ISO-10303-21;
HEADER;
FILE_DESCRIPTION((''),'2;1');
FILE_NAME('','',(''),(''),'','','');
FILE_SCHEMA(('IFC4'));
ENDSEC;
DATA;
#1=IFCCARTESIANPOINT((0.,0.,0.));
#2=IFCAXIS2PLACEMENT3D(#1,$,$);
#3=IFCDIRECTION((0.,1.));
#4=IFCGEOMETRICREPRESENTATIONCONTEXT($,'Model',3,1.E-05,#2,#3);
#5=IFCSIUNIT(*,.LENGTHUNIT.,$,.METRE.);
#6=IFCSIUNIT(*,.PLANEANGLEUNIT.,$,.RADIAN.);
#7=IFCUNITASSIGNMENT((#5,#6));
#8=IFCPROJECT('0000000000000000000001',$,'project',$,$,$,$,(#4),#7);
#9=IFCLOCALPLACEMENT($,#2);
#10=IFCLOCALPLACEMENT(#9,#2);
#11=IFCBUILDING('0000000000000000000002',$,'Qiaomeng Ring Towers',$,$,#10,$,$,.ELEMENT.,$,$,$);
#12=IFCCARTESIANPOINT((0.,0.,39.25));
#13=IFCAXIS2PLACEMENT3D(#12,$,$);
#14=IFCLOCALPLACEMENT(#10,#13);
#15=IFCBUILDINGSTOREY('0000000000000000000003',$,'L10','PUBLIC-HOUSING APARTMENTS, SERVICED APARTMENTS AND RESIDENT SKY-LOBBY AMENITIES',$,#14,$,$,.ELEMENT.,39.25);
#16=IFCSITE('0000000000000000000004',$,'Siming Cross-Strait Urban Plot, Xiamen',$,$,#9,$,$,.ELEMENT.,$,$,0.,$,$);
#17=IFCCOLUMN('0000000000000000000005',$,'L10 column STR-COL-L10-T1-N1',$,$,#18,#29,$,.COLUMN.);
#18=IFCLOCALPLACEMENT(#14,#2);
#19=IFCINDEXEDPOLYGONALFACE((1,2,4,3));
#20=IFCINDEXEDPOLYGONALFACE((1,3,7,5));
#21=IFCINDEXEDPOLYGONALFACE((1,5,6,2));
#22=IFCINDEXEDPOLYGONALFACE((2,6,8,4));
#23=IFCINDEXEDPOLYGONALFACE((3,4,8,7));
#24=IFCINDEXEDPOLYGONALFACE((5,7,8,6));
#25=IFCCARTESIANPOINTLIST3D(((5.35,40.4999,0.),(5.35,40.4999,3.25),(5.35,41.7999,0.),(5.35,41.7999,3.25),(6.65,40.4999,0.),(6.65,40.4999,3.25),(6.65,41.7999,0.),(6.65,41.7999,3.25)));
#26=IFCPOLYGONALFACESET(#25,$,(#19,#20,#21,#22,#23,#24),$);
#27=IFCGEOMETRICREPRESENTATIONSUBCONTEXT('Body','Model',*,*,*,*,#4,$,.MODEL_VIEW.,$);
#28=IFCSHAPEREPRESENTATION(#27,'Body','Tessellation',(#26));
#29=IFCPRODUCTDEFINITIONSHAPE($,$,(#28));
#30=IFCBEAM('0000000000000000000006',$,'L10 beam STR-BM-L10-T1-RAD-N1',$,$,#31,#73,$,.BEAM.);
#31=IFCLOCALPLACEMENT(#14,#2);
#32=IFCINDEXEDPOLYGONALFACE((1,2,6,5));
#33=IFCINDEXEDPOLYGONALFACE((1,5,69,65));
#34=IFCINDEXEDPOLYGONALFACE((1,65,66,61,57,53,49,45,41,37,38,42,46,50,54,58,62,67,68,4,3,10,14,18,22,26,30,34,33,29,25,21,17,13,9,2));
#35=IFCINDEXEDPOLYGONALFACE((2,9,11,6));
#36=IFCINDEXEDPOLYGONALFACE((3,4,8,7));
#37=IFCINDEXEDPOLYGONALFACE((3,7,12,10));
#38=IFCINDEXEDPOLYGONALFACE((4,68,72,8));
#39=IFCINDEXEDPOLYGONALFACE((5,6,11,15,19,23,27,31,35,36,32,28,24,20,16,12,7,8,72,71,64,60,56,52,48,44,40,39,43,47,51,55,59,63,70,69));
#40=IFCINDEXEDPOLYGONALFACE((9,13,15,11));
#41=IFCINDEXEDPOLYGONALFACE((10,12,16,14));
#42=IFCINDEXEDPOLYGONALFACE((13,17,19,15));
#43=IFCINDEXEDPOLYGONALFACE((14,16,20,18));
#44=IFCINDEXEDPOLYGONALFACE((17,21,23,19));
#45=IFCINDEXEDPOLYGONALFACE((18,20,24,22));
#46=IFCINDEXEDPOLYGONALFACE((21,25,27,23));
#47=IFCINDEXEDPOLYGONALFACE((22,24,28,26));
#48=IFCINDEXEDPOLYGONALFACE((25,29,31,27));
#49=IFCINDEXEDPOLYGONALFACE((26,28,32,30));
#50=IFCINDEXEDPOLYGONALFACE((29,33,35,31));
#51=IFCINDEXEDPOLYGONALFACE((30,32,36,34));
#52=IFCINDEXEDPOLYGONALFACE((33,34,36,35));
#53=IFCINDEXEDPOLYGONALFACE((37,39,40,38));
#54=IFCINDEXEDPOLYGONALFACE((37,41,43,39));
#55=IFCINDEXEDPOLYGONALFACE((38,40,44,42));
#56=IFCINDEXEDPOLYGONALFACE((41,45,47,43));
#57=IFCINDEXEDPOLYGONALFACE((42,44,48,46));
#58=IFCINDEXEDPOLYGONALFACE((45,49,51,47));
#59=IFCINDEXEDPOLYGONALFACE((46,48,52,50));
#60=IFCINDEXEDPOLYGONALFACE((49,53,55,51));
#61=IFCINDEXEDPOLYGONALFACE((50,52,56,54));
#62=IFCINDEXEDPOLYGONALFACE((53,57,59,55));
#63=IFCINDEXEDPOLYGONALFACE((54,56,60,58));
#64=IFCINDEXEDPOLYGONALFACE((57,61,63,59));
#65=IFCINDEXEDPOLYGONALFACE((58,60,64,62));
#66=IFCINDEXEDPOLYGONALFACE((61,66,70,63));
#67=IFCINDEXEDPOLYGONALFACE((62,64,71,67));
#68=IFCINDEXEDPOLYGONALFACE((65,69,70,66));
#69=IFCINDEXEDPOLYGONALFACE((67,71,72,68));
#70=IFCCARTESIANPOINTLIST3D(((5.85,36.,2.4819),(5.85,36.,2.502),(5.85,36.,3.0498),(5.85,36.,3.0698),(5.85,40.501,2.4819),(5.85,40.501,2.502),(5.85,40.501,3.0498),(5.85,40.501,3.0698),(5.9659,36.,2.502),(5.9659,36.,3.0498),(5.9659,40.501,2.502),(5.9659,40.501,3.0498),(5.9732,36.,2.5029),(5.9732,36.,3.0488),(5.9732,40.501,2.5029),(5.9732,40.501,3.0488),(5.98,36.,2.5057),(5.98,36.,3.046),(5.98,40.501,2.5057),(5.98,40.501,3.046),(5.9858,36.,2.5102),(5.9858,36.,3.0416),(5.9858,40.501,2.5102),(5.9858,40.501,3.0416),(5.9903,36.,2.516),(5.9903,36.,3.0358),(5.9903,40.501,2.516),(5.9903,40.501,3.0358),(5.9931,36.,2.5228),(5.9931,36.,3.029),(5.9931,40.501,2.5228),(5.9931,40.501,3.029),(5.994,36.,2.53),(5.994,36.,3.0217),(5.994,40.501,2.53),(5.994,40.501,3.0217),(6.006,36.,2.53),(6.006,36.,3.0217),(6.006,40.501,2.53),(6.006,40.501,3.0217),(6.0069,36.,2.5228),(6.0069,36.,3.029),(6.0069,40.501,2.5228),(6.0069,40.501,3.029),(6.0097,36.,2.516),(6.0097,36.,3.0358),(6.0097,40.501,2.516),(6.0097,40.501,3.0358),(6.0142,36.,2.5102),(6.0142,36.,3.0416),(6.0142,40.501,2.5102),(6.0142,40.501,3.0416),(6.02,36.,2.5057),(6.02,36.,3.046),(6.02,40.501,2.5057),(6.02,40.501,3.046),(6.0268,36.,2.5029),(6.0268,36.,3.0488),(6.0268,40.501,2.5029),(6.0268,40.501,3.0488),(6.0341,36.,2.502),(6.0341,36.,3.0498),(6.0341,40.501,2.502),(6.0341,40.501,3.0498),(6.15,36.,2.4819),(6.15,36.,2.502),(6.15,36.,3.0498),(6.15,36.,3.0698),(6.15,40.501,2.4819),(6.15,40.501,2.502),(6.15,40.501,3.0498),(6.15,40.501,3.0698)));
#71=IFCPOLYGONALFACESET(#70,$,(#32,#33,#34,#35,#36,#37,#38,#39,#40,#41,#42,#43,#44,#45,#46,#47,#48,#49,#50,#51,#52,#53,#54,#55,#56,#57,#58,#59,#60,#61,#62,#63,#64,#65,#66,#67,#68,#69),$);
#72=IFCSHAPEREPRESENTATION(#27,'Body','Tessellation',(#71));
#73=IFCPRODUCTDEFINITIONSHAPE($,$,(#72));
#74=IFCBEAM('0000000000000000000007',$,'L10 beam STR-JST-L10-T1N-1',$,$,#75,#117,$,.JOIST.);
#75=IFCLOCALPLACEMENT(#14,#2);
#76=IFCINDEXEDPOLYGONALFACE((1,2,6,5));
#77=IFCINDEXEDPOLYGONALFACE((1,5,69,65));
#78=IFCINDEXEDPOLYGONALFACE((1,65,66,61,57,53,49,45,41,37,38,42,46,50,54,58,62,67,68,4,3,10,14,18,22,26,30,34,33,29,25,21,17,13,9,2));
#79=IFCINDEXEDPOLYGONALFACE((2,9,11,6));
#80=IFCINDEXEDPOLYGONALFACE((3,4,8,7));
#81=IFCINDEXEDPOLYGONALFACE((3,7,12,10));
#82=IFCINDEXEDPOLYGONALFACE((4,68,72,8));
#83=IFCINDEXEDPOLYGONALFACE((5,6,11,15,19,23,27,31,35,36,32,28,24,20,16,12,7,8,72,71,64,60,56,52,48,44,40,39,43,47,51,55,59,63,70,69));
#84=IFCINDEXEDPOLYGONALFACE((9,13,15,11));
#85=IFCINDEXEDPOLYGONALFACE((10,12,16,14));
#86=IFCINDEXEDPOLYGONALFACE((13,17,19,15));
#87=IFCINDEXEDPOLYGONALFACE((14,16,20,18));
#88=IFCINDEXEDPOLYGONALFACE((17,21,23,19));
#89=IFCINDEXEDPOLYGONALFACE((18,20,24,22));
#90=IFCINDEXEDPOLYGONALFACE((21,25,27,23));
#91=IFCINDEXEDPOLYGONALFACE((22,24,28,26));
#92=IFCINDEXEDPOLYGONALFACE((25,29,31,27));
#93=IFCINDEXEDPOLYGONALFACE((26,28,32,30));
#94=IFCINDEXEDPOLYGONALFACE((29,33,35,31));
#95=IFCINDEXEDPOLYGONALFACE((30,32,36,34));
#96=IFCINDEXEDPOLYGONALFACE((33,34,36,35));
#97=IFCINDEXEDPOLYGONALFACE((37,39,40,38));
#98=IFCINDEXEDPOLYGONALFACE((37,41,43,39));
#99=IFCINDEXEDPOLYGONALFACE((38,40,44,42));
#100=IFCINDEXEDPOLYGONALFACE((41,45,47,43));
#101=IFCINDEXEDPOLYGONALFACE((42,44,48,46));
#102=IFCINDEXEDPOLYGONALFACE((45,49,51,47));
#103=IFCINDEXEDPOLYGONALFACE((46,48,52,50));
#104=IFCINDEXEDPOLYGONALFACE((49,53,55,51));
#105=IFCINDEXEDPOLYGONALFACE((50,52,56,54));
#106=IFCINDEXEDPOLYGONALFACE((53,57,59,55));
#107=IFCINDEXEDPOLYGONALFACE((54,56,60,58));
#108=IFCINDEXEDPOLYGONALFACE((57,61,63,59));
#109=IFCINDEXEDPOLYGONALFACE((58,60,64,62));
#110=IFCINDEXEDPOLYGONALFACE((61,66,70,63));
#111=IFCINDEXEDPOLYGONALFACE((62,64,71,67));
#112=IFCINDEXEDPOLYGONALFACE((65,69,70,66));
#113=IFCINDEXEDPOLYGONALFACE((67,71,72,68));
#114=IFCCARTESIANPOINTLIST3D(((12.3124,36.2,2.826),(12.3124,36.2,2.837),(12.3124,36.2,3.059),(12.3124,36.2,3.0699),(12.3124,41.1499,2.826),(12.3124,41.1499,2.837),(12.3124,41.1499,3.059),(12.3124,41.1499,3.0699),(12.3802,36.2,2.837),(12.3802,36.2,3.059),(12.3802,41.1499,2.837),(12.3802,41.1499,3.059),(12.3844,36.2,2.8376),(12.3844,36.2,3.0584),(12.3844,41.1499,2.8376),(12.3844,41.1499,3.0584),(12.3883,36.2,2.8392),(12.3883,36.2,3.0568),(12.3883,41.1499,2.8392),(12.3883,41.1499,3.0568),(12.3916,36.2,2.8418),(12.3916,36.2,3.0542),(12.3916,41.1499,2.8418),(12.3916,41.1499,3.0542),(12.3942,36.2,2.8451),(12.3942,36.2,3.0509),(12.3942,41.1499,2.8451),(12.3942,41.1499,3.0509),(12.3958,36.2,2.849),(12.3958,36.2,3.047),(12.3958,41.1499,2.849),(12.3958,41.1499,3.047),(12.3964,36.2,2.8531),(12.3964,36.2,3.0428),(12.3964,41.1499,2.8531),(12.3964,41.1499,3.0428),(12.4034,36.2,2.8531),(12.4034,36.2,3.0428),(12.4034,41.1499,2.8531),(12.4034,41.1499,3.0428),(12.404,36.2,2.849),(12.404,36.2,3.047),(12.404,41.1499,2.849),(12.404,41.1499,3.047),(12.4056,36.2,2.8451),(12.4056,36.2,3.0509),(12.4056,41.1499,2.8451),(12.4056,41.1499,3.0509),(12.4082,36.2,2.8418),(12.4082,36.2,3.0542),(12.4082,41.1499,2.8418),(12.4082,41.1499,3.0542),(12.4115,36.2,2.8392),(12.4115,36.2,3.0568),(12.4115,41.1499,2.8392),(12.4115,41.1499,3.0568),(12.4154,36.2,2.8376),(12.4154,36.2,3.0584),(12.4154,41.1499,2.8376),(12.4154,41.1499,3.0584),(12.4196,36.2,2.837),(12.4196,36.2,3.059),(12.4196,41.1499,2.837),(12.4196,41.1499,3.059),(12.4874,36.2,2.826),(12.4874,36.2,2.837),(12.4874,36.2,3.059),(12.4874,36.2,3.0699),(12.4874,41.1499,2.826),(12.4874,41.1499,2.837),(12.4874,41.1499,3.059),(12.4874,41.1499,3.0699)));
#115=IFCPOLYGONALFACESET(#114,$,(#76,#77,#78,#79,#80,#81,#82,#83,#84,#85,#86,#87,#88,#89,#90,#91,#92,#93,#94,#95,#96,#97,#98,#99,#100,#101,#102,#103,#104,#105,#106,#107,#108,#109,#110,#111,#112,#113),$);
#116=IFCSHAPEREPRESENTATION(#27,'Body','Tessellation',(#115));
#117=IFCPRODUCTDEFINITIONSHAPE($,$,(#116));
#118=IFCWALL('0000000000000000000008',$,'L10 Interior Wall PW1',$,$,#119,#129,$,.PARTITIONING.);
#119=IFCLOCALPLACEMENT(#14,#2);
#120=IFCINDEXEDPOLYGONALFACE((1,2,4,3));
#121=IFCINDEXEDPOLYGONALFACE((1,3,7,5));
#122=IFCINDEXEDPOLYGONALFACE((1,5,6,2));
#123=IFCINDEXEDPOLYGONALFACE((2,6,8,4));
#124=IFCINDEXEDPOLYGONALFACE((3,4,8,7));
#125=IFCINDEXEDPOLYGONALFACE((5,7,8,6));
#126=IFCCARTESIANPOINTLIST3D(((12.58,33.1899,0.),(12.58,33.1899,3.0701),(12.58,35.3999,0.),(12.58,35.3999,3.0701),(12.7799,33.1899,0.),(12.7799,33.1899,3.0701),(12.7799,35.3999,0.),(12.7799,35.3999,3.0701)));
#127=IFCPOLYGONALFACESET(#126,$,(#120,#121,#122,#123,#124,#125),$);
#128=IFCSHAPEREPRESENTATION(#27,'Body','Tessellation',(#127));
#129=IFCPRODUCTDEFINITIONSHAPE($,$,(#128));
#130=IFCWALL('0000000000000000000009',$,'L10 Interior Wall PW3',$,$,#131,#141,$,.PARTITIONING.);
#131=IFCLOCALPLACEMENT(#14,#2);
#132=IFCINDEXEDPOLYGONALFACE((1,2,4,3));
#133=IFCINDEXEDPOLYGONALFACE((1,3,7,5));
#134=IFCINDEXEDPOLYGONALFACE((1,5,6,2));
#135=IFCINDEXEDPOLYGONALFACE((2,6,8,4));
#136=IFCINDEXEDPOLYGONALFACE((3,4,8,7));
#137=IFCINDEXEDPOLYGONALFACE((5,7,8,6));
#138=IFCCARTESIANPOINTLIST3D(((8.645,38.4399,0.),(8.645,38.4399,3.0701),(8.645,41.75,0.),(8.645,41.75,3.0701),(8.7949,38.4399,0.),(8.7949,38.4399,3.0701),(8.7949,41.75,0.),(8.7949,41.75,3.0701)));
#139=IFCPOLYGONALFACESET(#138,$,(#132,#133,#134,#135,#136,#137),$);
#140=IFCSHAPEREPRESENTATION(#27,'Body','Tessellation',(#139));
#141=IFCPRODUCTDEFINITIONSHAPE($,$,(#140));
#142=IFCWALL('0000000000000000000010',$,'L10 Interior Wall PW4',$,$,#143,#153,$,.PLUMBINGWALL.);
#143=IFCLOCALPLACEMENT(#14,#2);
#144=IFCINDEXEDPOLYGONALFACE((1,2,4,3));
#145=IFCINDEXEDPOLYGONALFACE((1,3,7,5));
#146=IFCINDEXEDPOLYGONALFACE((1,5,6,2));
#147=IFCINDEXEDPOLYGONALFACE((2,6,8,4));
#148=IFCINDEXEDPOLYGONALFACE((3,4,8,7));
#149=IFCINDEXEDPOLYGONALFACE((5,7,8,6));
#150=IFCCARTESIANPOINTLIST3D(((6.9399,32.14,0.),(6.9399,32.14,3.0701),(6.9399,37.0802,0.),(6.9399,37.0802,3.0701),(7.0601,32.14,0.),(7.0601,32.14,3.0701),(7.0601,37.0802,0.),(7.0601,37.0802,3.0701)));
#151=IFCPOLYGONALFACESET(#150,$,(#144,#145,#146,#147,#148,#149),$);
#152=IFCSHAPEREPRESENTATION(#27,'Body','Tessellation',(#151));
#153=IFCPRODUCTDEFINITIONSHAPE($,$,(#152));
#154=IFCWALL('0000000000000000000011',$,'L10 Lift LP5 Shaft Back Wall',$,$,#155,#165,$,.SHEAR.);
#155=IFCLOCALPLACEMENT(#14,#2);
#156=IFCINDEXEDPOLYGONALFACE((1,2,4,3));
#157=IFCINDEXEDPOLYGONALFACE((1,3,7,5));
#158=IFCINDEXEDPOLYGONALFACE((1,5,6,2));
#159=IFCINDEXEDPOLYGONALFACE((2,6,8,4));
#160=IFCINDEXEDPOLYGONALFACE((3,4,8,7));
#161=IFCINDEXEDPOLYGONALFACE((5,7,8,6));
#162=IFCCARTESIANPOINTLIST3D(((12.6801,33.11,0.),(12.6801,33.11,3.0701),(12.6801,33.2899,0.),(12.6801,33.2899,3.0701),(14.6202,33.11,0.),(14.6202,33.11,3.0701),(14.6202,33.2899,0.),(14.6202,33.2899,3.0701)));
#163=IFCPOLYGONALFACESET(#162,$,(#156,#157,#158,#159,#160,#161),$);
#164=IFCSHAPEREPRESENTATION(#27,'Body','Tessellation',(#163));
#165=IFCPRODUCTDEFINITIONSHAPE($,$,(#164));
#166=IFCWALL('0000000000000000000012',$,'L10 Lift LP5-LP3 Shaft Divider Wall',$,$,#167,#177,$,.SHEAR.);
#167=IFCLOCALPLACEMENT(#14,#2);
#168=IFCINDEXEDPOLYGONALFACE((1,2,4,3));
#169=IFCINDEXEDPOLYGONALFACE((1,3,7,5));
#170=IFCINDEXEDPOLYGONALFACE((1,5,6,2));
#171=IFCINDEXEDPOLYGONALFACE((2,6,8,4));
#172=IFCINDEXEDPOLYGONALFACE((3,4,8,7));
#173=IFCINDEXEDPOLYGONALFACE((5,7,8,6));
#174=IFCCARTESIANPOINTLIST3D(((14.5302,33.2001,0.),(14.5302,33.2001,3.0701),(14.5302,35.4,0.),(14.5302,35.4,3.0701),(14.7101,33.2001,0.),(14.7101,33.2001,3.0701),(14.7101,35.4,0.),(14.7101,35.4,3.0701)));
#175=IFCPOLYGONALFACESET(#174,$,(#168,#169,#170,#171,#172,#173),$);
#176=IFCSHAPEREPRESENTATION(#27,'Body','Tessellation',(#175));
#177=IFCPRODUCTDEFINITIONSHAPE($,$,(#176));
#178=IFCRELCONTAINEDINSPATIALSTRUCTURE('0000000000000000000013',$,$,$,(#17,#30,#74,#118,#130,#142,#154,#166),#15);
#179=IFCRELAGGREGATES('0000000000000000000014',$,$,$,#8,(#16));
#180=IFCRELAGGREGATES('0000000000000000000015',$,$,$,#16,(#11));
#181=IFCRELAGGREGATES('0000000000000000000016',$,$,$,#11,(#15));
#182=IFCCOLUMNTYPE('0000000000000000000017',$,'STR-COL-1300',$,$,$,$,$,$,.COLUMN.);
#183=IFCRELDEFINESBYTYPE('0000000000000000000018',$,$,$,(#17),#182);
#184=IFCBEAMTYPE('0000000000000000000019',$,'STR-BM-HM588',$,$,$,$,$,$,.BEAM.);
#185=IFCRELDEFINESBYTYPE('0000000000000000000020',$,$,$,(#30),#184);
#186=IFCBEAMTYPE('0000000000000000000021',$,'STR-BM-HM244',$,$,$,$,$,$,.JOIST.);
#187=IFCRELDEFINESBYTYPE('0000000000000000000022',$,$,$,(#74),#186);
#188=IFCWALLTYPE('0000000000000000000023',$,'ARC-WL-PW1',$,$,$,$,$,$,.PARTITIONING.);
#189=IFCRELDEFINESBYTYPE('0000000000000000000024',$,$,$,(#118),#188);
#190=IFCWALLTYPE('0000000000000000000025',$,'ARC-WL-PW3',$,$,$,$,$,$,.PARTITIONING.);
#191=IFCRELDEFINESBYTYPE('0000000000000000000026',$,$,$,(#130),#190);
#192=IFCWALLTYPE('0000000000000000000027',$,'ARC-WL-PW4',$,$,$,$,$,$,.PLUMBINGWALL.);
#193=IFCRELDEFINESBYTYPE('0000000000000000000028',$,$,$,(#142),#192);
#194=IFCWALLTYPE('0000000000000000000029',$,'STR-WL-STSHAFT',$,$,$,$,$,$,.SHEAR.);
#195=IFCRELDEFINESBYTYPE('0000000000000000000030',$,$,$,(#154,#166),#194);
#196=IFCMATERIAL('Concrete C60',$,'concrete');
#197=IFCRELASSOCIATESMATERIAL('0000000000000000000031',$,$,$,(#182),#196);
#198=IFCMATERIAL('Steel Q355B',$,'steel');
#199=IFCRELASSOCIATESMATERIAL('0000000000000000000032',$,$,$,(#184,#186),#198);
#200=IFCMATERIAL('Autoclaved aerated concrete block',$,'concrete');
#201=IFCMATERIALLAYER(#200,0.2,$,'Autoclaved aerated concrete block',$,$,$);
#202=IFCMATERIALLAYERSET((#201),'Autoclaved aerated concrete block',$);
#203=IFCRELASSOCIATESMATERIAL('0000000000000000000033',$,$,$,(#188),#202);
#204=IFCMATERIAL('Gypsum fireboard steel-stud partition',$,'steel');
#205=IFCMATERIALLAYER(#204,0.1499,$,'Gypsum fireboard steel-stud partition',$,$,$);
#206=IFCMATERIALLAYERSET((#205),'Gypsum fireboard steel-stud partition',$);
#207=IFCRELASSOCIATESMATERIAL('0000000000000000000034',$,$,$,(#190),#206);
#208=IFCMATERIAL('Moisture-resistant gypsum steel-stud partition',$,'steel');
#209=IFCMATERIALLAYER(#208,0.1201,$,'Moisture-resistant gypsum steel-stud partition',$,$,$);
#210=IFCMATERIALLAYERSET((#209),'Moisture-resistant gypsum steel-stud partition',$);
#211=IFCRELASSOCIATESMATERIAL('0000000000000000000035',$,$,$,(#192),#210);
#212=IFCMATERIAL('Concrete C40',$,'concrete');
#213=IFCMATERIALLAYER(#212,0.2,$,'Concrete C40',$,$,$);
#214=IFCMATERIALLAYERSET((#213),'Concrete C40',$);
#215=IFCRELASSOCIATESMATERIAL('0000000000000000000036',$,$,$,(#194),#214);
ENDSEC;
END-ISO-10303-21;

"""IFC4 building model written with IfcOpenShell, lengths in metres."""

from ifc_helpers import new_model, si_unit, direction, frame, frame_2d, origin, origin_2d, place, context, subcontext, project, spatial, rectangle, i_section, extrude, source, transform, mapped, material, layer, layer_set, material_profile, profile_set, type_object, element, save


model = new_model("IFC4")

# Units and contexts
model_context = context("Model", 3, precision=1e-05, world=origin(), true_north=direction((0.0, 1.0)))
body_context = subcontext(model_context, "Body", "Model", "MODEL_VIEW")
ifc_project = project(units=[si_unit("LENGTHUNIT", "METRE"), si_unit("PLANEANGLEUNIT", "RADIAN")], contexts=[model_context])

# Site, building, storey
site_placement = place(None, origin())
site = spatial("IfcSite", under=ifc_project, at=site_placement, Name="Siming Cross-Strait Urban Plot, Xiamen", CompositionType="ELEMENT", RefElevation=0.0)
building_placement = place(site_placement, origin())
building = spatial("IfcBuilding", under=site, at=building_placement, Name="Qiaomeng Ring Towers", CompositionType="ELEMENT")
storey_placement = place(building_placement, frame((0.0, 0.0, 39.25)))
storey = spatial("IfcBuildingStorey", under=building, at=storey_placement, Name="L10", Description="PUBLIC-HOUSING APARTMENTS, SERVICED APARTMENTS AND RESIDENT SKY-LOBBY AMENITIES", CompositionType="ELEMENT", Elevation=39.25)

# Column
ifc_material_1 = material(Name="Concrete C60", Category="concrete")
ifc_material_profile_1 = material_profile(ifc_material_1, rectangle(XDim=1.3, YDim=1.3, at=origin_2d()), Name="RC COL 1300x1300")
ifc_profile_set_1 = profile_set([ifc_material_profile_1], Name="Concrete C60")
column_type = type_object("IfcColumnType", Name="STR-COL-1300", PredefinedType="COLUMN", material=ifc_profile_set_1)
shared_shape_1 = source(origin(), body_context, "Body", "SweptSolid", [
    extrude(rectangle(XDim=1.3, YDim=1.3, at=origin_2d()), origin(), (0.0, 0.0, 1.0), 3.25),
])
column_placement = place(storey_placement, frame((6.0, 41.1499, 0.0), z_axis=(0.0, 0.0, 1.0), x_axis=(1.0, 0.0, 0.0)))
element("IfcColumn", 1, at=column_placement, inside=storey, type_object=column_type, Name="L10 column STR-COL-L10-T1-N1", PredefinedType="COLUMN", context=body_context, shape_type="MappedRepresentation", body=[
    mapped(shared_shape_1, transform((0.0, 0.0, 0.0), x_axis=(1.0, 0.0, 0.0), y_axis=(0.0, 1.0, 0.0), z_axis=(0.0, 0.0, 1.0), scale=1.0)),
])

# Beams
ifc_material_2 = material(Name="Steel Q355B", Category="steel")
ifc_material_profile_2 = material_profile(ifc_material_2, i_section(OverallWidth=0.3, OverallDepth=0.5879, WebThickness=0.012, FlangeThickness=0.02, FilletRadius=0.0281, at=origin_2d()), Name="HM 588x300x12x20")
ifc_profile_set_2 = profile_set([ifc_material_profile_2], Name="Steel Q355B")
beam_type_1 = type_object("IfcBeamType", Name="STR-BM-HM588", PredefinedType="BEAM", material=ifc_profile_set_2)
shared_shape_2 = source(origin(), body_context, "Body", "SweptSolid", [
    extrude(i_section(OverallWidth=0.3, OverallDepth=0.5879, WebThickness=0.012, FlangeThickness=0.02, FilletRadius=0.0281, at=origin_2d()), origin(), (0.0, 0.0, 1.0), 4.501),
])
beam_1_placement = place(storey_placement, frame((6.0, 40.501, 2.7759), z_axis=(0.0, -1.0, 0.0), x_axis=(1.0, 0.0, 0.0)))
element("IfcBeam", 2, at=beam_1_placement, inside=storey, type_object=beam_type_1, Name="L10 beam STR-BM-L10-T1-RAD-N1", PredefinedType="BEAM", context=body_context, shape_type="MappedRepresentation", body=[
    mapped(shared_shape_2, transform((0.0, 0.0, 0.0), x_axis=(1.0, 0.0, 0.0), y_axis=(0.0, 1.0, 0.0), z_axis=(0.0, 0.0, 1.0), scale=1.0)),
])
ifc_material_profile_3 = material_profile(ifc_material_2, i_section(OverallWidth=0.175, OverallDepth=0.2439, WebThickness=0.0071, FlangeThickness=0.011, FilletRadius=0.0161, at=origin_2d()), Name="HM 244x175x7x11")
ifc_profile_set_3 = profile_set([ifc_material_profile_3], Name="Steel Q355B")
beam_type_2 = type_object("IfcBeamType", Name="STR-BM-HM244", PredefinedType="JOIST", material=ifc_profile_set_3)
shared_shape_3 = source(origin(), body_context, "Body", "SweptSolid", [
    extrude(i_section(OverallWidth=0.175, OverallDepth=0.2439, WebThickness=0.0071, FlangeThickness=0.011, FilletRadius=0.0161, at=origin_2d()), origin(), (0.0, 0.0, 1.0), 4.95),
])
beam_2_placement = place(storey_placement, frame((12.3999, 36.2, 2.948), z_axis=(0.0, 1.0, 0.0), x_axis=(-1.0, 0.0, 0.0)))
element("IfcBeam", 3, at=beam_2_placement, inside=storey, type_object=beam_type_2, Name="L10 beam STR-JST-L10-T1N-1", PredefinedType="JOIST", context=body_context, shape_type="MappedRepresentation", body=[
    mapped(shared_shape_3, transform((0.0, 0.0, 0.0), x_axis=(1.0, 0.0, 0.0), y_axis=(0.0, 1.0, 0.0), z_axis=(0.0, 0.0, 1.0), scale=1.0)),
])

# Wall
ifc_material_3 = material(Name="Autoclaved aerated concrete block", Category="concrete")
ifc_layer_1 = layer(ifc_material_3, 0.2, Name="Autoclaved aerated concrete block")
ifc_layer_set_1 = layer_set([ifc_layer_1], Name="Autoclaved aerated concrete block")
wall_type_1 = type_object("IfcWallType", Name="ARC-WL-PW1", PredefinedType="PARTITIONING", material=ifc_layer_set_1)
wall_1_placement = place(storey_placement, frame((12.6799, 33.1899, 0.0), z_axis=(0.0, 0.0, 1.0), x_axis=(0.0, 1.0, 0.0)))
element("IfcWall", 4, at=wall_1_placement, inside=storey, type_object=wall_type_1, Name="L10 Interior Wall PW1", PredefinedType="PARTITIONING", context=body_context, shape_type="SweptSolid", body=[
    extrude(rectangle(XDim=2.21, YDim=0.2, at=frame_2d((1.105, 0.0))), origin(), (0.0, 0.0, 1.0), 3.0701),
])

# Walls
ifc_material_4 = material(Name="Gypsum fireboard steel-stud partition", Category="steel")
ifc_layer_2 = layer(ifc_material_4, 0.1499, Name="Gypsum fireboard steel-stud partition")
ifc_layer_set_2 = layer_set([ifc_layer_2], Name="Gypsum fireboard steel-stud partition")
wall_type_2 = type_object("IfcWallType", Name="ARC-WL-PW3", PredefinedType="PARTITIONING", material=ifc_layer_set_2)
wall_2_placement = place(storey_placement, frame((8.72, 38.4399, 0.0), z_axis=(0.0, 0.0, 1.0), x_axis=(0.0, 1.0, 0.0)))
element("IfcWall", 5, at=wall_2_placement, inside=storey, type_object=wall_type_2, Name="L10 Interior Wall PW3", PredefinedType="PARTITIONING", context=body_context, shape_type="SweptSolid", body=[
    extrude(rectangle(XDim=3.3101, YDim=0.1499, at=frame_2d((1.655, 0.0))), origin(), (0.0, 0.0, 1.0), 3.0701),
])
ifc_material_5 = material(Name="Moisture-resistant gypsum steel-stud partition", Category="steel")
ifc_layer_3 = layer(ifc_material_5, 0.1201, Name="Moisture-resistant gypsum steel-stud partition")
ifc_layer_set_3 = layer_set([ifc_layer_3], Name="Moisture-resistant gypsum steel-stud partition")
wall_type_3 = type_object("IfcWallType", Name="ARC-WL-PW4", PredefinedType="PLUMBINGWALL", material=ifc_layer_set_3)
wall_3_placement = place(storey_placement, frame((7.0, 32.1399, 0.0), z_axis=(0.0, 0.0, 1.0), x_axis=(0.0, 1.0, 0.0)))
element("IfcWall", 6, at=wall_3_placement, inside=storey, type_object=wall_type_3, Name="L10 Interior Wall PW4", PredefinedType="PLUMBINGWALL", context=body_context, shape_type="SweptSolid", body=[
    extrude(rectangle(XDim=4.9402, YDim=0.1201, at=frame_2d((2.4702, 0.0))), origin(), (0.0, 0.0, 1.0), 3.0701),
])
ifc_material_6 = material(Name="Concrete C40", Category="concrete")
ifc_layer_4 = layer(ifc_material_6, 0.2, Name="Concrete C40")
ifc_layer_set_4 = layer_set([ifc_layer_4], Name="Concrete C40")
wall_type_4 = type_object("IfcWallType", Name="STR-WL-STSHAFT", PredefinedType="SHEAR", material=ifc_layer_set_4)
wall_4_placement = place(storey_placement, frame((12.6799, 33.2, 0.0), z_axis=(0.0, 0.0, 1.0), x_axis=(1.0, 0.0, 0.0)))
element("IfcWall", 7, at=wall_4_placement, inside=storey, type_object=wall_type_4, Name="L10 Lift LP5 Shaft Back Wall", PredefinedType="SHEAR", context=body_context, shape_type="SweptSolid", body=[
    extrude(rectangle(XDim=1.9402, YDim=0.1799, at=frame_2d((0.9702, 0.0))), origin(), (0.0, 0.0, 1.0), 3.0701),
])
wall_5_placement = place(storey_placement, frame((14.6201, 33.2, 0.0), z_axis=(0.0, 0.0, 1.0), x_axis=(0.0, 1.0, 0.0)))
element("IfcWall", 8, at=wall_5_placement, inside=storey, type_object=wall_type_4, Name="L10 Lift LP5-LP3 Shaft Divider Wall", PredefinedType="SHEAR", context=body_context, shape_type="SweptSolid", body=[
    extrude(rectangle(XDim=2.2, YDim=0.1799, at=frame_2d((1.1001, 0.0))), origin(), (0.0, 0.0, 1.0), 3.0701),
])

save(model, "model.ifc")
